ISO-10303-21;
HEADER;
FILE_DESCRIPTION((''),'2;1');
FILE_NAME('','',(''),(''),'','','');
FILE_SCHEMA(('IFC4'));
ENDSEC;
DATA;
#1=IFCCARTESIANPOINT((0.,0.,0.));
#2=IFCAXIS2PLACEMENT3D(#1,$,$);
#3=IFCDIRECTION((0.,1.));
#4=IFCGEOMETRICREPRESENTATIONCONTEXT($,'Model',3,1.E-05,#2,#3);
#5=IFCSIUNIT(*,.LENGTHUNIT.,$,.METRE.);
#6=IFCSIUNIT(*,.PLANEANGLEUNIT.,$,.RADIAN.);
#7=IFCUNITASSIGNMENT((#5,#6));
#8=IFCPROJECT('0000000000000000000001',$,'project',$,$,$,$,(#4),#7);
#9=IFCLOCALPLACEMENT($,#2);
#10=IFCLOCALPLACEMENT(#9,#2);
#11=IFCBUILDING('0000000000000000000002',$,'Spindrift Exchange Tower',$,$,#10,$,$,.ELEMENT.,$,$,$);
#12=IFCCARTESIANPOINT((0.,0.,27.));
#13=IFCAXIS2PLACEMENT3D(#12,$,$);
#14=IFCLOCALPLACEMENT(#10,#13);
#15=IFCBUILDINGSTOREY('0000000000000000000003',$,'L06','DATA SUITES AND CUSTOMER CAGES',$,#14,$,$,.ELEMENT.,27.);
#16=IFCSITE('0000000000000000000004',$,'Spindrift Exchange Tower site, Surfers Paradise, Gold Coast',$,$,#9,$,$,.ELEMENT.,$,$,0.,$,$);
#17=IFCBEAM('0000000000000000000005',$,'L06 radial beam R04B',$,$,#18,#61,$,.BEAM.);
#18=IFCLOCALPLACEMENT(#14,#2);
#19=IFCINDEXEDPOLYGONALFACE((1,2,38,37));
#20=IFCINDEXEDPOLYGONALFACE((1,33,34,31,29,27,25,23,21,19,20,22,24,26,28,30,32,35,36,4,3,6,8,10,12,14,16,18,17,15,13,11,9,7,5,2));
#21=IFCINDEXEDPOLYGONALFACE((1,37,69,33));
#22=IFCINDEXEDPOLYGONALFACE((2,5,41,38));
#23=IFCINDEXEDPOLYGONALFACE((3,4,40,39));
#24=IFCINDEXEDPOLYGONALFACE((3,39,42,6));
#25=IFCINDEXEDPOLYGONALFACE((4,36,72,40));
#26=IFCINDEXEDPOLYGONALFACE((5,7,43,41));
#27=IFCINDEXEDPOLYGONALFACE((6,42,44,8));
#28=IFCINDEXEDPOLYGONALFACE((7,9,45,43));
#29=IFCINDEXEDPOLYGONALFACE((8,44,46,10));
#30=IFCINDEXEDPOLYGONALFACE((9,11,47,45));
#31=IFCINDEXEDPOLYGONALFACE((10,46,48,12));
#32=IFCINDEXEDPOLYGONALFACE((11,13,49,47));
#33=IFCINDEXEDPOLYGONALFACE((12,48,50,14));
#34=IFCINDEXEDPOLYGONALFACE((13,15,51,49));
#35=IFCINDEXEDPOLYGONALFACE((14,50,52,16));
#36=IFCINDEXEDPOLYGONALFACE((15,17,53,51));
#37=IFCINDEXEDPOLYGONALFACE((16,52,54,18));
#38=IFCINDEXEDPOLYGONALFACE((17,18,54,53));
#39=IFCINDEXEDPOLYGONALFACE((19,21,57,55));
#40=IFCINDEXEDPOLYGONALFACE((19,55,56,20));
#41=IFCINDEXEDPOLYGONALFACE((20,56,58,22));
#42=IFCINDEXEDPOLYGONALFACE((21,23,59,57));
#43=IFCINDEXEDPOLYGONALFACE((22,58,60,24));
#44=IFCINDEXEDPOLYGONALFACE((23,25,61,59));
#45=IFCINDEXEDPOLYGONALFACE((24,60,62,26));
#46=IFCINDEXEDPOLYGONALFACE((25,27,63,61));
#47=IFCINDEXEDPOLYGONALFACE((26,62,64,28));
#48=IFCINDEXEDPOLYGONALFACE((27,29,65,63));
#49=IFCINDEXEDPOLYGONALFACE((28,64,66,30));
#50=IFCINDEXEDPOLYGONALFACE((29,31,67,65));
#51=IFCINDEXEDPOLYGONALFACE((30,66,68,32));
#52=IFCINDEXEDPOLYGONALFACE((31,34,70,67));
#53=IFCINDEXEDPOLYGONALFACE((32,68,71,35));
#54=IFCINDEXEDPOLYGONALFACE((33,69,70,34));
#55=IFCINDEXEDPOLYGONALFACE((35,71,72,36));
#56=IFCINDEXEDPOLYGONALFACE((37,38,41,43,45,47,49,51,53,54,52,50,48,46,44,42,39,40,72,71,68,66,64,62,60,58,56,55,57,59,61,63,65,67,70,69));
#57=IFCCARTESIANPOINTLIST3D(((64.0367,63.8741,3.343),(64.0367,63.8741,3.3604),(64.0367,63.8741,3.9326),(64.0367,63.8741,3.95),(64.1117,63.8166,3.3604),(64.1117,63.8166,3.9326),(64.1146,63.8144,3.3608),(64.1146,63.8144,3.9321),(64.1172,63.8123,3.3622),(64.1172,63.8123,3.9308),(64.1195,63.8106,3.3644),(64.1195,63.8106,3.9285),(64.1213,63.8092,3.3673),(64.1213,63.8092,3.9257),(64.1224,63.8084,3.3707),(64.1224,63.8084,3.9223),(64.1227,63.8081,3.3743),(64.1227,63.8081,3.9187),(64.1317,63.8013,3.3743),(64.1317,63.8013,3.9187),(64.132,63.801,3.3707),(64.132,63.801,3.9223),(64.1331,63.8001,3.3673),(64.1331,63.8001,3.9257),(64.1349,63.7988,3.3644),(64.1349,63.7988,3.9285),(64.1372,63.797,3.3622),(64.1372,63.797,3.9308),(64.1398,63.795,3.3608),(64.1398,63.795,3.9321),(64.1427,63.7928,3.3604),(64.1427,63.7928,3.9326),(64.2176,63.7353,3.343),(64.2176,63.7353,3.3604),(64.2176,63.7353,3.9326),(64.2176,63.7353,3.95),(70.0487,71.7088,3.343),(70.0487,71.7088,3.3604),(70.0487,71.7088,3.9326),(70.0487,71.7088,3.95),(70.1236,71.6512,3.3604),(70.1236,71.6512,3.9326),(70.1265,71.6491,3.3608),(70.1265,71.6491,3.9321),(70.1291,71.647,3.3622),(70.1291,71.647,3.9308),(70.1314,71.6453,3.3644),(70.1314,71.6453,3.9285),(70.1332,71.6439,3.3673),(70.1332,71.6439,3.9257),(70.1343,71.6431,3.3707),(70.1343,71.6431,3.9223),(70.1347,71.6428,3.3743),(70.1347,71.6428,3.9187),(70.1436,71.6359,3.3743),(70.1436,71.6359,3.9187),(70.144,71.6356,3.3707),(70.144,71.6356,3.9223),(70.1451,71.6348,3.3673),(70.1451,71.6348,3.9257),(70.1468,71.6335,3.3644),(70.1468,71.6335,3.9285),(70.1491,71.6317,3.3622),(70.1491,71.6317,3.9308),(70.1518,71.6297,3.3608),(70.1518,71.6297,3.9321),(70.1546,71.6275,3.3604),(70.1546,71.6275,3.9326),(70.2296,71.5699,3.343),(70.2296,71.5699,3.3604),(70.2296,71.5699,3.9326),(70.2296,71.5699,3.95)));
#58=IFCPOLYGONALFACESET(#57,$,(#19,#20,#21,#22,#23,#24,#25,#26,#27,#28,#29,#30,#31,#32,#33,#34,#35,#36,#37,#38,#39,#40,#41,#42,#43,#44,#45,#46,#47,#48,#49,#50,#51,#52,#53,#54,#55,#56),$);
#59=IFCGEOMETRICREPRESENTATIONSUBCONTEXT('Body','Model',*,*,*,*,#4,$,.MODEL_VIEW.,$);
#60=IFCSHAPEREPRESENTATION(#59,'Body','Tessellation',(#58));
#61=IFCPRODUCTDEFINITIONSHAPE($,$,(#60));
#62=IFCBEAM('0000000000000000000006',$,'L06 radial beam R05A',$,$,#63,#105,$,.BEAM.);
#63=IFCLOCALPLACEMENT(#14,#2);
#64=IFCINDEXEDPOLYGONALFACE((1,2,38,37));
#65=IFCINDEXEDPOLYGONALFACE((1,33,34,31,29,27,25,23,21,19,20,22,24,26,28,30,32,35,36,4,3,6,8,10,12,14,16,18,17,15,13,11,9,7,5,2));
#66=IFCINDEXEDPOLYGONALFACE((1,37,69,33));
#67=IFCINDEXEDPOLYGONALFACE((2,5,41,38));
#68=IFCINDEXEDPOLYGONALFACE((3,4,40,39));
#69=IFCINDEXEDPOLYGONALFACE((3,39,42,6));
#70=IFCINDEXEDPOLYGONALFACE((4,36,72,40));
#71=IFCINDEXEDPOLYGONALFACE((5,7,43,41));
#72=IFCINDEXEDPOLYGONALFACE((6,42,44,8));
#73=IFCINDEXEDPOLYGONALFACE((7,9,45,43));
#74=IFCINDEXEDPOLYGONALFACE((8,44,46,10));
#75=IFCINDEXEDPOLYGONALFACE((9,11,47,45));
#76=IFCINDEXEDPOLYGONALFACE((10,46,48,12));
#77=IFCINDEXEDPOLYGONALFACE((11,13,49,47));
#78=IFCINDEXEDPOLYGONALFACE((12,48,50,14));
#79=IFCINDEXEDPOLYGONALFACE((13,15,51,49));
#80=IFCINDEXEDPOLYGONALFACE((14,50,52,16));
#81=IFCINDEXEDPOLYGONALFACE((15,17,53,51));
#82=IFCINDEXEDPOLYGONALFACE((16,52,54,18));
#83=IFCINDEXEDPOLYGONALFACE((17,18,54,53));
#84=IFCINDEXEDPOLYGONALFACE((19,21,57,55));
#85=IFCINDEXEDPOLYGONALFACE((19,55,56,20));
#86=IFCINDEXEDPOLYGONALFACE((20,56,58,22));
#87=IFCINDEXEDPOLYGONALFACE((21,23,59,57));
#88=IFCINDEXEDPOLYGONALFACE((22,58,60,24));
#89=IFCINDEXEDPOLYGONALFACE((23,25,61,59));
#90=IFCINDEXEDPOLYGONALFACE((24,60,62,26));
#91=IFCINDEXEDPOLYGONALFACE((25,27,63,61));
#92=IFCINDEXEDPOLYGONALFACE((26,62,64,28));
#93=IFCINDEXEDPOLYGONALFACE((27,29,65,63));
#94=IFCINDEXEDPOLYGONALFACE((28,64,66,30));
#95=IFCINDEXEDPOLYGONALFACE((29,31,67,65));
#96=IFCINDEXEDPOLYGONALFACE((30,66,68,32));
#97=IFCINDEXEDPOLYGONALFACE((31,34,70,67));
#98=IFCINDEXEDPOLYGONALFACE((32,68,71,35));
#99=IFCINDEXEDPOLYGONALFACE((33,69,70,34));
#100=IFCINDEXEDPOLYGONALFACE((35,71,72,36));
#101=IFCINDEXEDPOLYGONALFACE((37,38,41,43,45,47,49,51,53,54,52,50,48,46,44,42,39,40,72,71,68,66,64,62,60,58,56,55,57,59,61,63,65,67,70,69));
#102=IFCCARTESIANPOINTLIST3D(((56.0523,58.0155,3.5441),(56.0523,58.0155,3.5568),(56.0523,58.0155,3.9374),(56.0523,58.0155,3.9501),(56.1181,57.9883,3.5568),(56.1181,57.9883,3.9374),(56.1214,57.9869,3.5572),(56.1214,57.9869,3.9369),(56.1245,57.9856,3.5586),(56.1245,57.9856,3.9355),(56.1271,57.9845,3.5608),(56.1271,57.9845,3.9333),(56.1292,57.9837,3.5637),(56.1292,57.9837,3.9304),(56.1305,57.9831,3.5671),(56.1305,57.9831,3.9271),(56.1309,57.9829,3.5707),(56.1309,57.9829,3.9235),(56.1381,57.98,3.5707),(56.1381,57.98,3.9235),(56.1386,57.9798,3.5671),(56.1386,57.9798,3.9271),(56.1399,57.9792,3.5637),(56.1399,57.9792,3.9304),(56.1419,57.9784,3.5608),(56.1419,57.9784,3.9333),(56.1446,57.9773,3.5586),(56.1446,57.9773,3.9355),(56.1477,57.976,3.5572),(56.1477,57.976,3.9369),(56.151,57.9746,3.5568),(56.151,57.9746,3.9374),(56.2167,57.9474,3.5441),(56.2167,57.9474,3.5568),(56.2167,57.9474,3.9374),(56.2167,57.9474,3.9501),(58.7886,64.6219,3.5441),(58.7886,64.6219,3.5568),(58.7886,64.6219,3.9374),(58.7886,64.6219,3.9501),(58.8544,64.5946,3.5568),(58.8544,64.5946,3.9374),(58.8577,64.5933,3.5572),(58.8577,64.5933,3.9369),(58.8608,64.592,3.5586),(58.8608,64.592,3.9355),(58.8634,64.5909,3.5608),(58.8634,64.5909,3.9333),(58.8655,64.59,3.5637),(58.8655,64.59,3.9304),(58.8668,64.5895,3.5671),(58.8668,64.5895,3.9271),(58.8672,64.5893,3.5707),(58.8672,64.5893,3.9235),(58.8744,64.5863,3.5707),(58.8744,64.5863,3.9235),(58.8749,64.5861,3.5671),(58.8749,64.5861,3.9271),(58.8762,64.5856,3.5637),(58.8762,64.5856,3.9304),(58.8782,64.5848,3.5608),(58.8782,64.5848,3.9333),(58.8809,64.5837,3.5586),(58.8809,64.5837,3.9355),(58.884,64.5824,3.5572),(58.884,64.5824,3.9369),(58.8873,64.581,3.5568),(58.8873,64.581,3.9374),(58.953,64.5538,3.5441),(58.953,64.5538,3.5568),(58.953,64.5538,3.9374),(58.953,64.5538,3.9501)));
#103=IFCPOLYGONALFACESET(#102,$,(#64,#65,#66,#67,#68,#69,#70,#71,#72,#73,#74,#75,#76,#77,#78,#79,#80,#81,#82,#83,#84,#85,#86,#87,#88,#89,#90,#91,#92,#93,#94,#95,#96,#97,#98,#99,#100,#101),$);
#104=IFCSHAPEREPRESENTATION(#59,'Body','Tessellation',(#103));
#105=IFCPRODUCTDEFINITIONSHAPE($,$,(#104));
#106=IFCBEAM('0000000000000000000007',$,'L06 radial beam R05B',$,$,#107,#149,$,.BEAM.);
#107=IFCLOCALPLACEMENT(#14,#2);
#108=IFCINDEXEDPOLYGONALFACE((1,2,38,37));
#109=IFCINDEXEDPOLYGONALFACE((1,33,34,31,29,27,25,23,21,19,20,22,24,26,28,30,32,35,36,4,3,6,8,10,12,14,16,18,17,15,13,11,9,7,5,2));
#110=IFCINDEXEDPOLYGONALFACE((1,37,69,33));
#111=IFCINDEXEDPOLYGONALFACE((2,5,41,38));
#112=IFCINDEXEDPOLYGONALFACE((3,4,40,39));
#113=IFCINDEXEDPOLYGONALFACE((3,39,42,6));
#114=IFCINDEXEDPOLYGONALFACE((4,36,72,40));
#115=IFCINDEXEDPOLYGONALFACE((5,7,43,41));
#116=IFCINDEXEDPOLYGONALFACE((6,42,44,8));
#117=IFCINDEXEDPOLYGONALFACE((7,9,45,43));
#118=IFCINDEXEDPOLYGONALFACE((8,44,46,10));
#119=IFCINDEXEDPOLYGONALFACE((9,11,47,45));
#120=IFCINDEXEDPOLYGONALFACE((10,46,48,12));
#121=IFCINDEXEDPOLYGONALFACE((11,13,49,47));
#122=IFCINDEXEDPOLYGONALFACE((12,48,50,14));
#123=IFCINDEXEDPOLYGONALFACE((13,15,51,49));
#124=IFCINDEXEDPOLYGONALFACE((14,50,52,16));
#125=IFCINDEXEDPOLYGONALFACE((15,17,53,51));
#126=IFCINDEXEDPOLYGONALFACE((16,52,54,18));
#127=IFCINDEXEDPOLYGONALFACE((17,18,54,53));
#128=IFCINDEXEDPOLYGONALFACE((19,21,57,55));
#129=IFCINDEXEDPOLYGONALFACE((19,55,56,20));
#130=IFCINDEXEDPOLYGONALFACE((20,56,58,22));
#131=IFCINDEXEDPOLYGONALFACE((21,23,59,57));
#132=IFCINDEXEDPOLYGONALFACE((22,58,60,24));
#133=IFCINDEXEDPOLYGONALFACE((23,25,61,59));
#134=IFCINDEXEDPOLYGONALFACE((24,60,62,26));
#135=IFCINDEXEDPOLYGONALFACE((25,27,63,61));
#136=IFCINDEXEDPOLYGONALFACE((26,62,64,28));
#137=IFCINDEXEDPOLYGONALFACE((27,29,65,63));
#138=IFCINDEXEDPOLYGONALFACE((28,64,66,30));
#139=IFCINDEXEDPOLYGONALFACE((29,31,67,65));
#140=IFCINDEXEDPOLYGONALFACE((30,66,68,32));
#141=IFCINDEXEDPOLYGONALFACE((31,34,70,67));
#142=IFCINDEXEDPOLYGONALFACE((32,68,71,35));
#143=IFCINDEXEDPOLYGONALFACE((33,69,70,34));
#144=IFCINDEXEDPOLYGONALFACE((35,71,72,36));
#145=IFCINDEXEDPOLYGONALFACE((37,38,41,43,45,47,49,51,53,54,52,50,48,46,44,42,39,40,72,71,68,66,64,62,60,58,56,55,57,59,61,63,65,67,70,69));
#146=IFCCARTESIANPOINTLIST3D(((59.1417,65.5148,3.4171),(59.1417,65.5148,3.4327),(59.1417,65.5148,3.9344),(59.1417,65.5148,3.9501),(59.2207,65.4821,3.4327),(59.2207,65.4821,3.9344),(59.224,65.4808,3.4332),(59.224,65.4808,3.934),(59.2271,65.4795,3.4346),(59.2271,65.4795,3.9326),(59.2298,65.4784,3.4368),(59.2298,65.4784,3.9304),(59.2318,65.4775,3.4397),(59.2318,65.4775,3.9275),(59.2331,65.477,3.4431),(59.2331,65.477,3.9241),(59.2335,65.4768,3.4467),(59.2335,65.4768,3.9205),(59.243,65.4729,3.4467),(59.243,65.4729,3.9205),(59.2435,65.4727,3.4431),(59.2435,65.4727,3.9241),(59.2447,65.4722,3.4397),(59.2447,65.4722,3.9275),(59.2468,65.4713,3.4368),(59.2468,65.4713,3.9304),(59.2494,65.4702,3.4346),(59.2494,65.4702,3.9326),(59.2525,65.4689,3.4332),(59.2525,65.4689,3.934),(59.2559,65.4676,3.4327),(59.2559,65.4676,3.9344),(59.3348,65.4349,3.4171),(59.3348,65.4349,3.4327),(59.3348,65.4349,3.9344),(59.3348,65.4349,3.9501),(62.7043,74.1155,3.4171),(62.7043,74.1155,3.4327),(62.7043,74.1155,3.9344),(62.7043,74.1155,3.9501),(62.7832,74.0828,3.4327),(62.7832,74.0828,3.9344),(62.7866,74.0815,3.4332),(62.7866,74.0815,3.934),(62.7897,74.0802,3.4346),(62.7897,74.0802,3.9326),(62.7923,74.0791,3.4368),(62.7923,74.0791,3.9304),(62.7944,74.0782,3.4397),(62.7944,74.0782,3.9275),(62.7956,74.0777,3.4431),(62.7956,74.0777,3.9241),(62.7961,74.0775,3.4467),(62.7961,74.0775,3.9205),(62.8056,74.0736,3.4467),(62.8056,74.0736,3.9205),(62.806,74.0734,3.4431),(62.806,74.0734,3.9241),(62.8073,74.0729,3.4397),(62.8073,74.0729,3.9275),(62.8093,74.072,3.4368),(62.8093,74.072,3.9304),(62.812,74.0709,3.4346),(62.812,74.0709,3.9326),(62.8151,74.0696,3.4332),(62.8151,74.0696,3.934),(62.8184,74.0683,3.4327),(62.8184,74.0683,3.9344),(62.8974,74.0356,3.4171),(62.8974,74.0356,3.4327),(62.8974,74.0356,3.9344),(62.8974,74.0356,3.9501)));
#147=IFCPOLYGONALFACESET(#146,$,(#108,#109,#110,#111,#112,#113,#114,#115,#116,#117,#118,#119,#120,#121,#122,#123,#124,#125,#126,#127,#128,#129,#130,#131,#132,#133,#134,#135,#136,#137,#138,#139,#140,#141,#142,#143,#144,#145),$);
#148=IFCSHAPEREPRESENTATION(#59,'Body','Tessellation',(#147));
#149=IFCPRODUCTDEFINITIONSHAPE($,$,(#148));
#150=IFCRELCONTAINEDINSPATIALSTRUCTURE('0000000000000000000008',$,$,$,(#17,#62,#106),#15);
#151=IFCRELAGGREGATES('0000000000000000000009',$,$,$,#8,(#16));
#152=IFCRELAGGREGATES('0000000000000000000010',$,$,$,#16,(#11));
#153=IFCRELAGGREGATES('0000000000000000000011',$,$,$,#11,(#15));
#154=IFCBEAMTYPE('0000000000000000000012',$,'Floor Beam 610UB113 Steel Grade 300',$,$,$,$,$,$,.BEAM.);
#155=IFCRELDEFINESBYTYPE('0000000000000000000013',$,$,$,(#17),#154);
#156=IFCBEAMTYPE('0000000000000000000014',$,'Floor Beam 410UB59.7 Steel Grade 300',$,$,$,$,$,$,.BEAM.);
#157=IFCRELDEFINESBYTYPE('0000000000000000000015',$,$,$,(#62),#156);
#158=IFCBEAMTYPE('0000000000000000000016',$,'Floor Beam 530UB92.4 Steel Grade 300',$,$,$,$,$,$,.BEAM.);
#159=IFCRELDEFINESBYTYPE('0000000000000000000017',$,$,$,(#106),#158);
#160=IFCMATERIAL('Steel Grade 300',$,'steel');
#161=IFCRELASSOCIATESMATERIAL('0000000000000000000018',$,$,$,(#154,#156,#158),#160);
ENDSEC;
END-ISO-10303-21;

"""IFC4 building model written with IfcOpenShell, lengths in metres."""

from ifc_helpers import new_model, si_unit, direction, frame, origin, origin_2d, place, context, subcontext, project, spatial, i_section, extrude, source, transform, mapped, material, material_profile, profile_set, type_object, element, save


model = new_model("IFC4")

# Units and contexts
model_context = context("Model", 3, precision=1e-05, world=origin(), true_north=direction((0.0, 1.0)))
body_context = subcontext(model_context, "Body", "Model", "MODEL_VIEW")
ifc_project = project(units=[si_unit("LENGTHUNIT", "METRE"), si_unit("PLANEANGLEUNIT", "RADIAN")], contexts=[model_context])

# Site, building, storey
site_placement = place(None, origin())
site = spatial("IfcSite", under=ifc_project, at=site_placement, Name="Spindrift Exchange Tower site, Surfers Paradise, Gold Coast", CompositionType="ELEMENT", RefElevation=0.0)
building_placement = place(site_placement, origin())
building = spatial("IfcBuilding", under=site, at=building_placement, Name="Spindrift Exchange Tower", CompositionType="ELEMENT")
storey_placement = place(building_placement, frame((0.0, 0.0, 27.0)))
storey = spatial("IfcBuildingStorey", under=building, at=storey_placement, Name="L06", Description="DATA SUITES AND CUSTOMER CAGES", CompositionType="ELEMENT", Elevation=27.0)

# Beams
ifc_material_1 = material(Name="Steel Grade 300", Category="steel")
ifc_material_profile_1 = material_profile(ifc_material_1, i_section(OverallWidth=0.228, OverallDepth=0.6069, WebThickness=0.0112, FlangeThickness=0.0173, FilletRadius=0.0139, at=origin_2d()), Name="610UB113")
ifc_profile_set_1 = profile_set([ifc_material_profile_1], Name="Steel Grade 300")
beam_type_1 = type_object("IfcBeamType", Name="Floor Beam 610UB113 Steel Grade 300", PredefinedType="BEAM", material=ifc_profile_set_1)
shared_shape_1 = source(origin(), body_context, "Body", "SweptSolid", [
    extrude(i_section(OverallWidth=0.228, OverallDepth=0.6069, WebThickness=0.0112, FlangeThickness=0.0173, FilletRadius=0.0139, at=origin_2d()), origin(), (0.0, 0.0, 1.0), 9.8755),
])
beam_1_placement = place(storey_placement, frame((64.1272, 63.8047, 3.6465), z_axis=(0.608772, 0.793345, 0.0), x_axis=(-0.793345, 0.608772, 0.0)))
element("IfcBeam", 1, at=beam_1_placement, inside=storey, type_object=beam_type_1, Name="L06 radial beam R04B", PredefinedType="BEAM", context=body_context, shape_type="MappedRepresentation", body=[
    mapped(shared_shape_1, transform((0.0, 0.0, 0.0), scale=1.0)),
])
ifc_material_profile_2 = material_profile(ifc_material_1, i_section(OverallWidth=0.178, OverallDepth=0.406, WebThickness=0.0078, FlangeThickness=0.0127, FilletRadius=0.0139, at=origin_2d()), Name="410UB59.7")
ifc_profile_set_2 = profile_set([ifc_material_profile_2], Name="Steel Grade 300")
beam_type_2 = type_object("IfcBeamType", Name="Floor Beam 410UB59.7 Steel Grade 300", PredefinedType="BEAM", material=ifc_profile_set_2)
shared_shape_2 = source(origin(), body_context, "Body", "SweptSolid", [
    extrude(i_section(OverallWidth=0.178, OverallDepth=0.406, WebThickness=0.0078, FlangeThickness=0.0127, FilletRadius=0.0139, at=origin_2d()), origin(), (0.0, 0.0, 1.0), 7.1506),
])
beam_2_placement = place(storey_placement, frame((56.1345, 57.9814, 3.7471), z_axis=(0.382665, 0.923887, 0.0), x_axis=(-0.923887, 0.382665, 0.0)))
element("IfcBeam", 2, at=beam_2_placement, inside=storey, type_object=beam_type_2, Name="L06 radial beam R05A", PredefinedType="BEAM", context=body_context, shape_type="MappedRepresentation", body=[
    mapped(shared_shape_2, transform((0.0, 0.0, 0.0), scale=1.0)),
])
ifc_material_profile_3 = material_profile(ifc_material_1, i_section(OverallWidth=0.209, OverallDepth=0.533, WebThickness=0.0103, FlangeThickness=0.0156, FilletRadius=0.0139, at=origin_2d()), Name="530UB92.4")
ifc_profile_set_3 = profile_set([ifc_material_profile_3], Name="Steel Grade 300")
beam_type_3 = type_object("IfcBeamType", Name="Floor Beam 530UB92.4 Steel Grade 300", PredefinedType="BEAM", material=ifc_profile_set_3)
shared_shape_3 = source(origin(), body_context, "Body", "SweptSolid", [
    extrude(i_section(OverallWidth=0.209, OverallDepth=0.533, WebThickness=0.0103, FlangeThickness=0.0156, FilletRadius=0.0139, at=origin_2d()), origin(), (0.0, 0.0, 1.0), 9.3093),
])
beam_3_placement = place(storey_placement, frame((59.2383, 65.4749, 3.6836), z_axis=(0.382685, 0.923879, 0.0), x_axis=(-0.923879, 0.382685, 0.0)))
element("IfcBeam", 3, at=beam_3_placement, inside=storey, type_object=beam_type_3, Name="L06 radial beam R05B", PredefinedType="BEAM", context=body_context, shape_type="MappedRepresentation", body=[
    mapped(shared_shape_3, transform((0.0, 0.0, 0.0), scale=1.0)),
])

save(model, "model.ifc")
